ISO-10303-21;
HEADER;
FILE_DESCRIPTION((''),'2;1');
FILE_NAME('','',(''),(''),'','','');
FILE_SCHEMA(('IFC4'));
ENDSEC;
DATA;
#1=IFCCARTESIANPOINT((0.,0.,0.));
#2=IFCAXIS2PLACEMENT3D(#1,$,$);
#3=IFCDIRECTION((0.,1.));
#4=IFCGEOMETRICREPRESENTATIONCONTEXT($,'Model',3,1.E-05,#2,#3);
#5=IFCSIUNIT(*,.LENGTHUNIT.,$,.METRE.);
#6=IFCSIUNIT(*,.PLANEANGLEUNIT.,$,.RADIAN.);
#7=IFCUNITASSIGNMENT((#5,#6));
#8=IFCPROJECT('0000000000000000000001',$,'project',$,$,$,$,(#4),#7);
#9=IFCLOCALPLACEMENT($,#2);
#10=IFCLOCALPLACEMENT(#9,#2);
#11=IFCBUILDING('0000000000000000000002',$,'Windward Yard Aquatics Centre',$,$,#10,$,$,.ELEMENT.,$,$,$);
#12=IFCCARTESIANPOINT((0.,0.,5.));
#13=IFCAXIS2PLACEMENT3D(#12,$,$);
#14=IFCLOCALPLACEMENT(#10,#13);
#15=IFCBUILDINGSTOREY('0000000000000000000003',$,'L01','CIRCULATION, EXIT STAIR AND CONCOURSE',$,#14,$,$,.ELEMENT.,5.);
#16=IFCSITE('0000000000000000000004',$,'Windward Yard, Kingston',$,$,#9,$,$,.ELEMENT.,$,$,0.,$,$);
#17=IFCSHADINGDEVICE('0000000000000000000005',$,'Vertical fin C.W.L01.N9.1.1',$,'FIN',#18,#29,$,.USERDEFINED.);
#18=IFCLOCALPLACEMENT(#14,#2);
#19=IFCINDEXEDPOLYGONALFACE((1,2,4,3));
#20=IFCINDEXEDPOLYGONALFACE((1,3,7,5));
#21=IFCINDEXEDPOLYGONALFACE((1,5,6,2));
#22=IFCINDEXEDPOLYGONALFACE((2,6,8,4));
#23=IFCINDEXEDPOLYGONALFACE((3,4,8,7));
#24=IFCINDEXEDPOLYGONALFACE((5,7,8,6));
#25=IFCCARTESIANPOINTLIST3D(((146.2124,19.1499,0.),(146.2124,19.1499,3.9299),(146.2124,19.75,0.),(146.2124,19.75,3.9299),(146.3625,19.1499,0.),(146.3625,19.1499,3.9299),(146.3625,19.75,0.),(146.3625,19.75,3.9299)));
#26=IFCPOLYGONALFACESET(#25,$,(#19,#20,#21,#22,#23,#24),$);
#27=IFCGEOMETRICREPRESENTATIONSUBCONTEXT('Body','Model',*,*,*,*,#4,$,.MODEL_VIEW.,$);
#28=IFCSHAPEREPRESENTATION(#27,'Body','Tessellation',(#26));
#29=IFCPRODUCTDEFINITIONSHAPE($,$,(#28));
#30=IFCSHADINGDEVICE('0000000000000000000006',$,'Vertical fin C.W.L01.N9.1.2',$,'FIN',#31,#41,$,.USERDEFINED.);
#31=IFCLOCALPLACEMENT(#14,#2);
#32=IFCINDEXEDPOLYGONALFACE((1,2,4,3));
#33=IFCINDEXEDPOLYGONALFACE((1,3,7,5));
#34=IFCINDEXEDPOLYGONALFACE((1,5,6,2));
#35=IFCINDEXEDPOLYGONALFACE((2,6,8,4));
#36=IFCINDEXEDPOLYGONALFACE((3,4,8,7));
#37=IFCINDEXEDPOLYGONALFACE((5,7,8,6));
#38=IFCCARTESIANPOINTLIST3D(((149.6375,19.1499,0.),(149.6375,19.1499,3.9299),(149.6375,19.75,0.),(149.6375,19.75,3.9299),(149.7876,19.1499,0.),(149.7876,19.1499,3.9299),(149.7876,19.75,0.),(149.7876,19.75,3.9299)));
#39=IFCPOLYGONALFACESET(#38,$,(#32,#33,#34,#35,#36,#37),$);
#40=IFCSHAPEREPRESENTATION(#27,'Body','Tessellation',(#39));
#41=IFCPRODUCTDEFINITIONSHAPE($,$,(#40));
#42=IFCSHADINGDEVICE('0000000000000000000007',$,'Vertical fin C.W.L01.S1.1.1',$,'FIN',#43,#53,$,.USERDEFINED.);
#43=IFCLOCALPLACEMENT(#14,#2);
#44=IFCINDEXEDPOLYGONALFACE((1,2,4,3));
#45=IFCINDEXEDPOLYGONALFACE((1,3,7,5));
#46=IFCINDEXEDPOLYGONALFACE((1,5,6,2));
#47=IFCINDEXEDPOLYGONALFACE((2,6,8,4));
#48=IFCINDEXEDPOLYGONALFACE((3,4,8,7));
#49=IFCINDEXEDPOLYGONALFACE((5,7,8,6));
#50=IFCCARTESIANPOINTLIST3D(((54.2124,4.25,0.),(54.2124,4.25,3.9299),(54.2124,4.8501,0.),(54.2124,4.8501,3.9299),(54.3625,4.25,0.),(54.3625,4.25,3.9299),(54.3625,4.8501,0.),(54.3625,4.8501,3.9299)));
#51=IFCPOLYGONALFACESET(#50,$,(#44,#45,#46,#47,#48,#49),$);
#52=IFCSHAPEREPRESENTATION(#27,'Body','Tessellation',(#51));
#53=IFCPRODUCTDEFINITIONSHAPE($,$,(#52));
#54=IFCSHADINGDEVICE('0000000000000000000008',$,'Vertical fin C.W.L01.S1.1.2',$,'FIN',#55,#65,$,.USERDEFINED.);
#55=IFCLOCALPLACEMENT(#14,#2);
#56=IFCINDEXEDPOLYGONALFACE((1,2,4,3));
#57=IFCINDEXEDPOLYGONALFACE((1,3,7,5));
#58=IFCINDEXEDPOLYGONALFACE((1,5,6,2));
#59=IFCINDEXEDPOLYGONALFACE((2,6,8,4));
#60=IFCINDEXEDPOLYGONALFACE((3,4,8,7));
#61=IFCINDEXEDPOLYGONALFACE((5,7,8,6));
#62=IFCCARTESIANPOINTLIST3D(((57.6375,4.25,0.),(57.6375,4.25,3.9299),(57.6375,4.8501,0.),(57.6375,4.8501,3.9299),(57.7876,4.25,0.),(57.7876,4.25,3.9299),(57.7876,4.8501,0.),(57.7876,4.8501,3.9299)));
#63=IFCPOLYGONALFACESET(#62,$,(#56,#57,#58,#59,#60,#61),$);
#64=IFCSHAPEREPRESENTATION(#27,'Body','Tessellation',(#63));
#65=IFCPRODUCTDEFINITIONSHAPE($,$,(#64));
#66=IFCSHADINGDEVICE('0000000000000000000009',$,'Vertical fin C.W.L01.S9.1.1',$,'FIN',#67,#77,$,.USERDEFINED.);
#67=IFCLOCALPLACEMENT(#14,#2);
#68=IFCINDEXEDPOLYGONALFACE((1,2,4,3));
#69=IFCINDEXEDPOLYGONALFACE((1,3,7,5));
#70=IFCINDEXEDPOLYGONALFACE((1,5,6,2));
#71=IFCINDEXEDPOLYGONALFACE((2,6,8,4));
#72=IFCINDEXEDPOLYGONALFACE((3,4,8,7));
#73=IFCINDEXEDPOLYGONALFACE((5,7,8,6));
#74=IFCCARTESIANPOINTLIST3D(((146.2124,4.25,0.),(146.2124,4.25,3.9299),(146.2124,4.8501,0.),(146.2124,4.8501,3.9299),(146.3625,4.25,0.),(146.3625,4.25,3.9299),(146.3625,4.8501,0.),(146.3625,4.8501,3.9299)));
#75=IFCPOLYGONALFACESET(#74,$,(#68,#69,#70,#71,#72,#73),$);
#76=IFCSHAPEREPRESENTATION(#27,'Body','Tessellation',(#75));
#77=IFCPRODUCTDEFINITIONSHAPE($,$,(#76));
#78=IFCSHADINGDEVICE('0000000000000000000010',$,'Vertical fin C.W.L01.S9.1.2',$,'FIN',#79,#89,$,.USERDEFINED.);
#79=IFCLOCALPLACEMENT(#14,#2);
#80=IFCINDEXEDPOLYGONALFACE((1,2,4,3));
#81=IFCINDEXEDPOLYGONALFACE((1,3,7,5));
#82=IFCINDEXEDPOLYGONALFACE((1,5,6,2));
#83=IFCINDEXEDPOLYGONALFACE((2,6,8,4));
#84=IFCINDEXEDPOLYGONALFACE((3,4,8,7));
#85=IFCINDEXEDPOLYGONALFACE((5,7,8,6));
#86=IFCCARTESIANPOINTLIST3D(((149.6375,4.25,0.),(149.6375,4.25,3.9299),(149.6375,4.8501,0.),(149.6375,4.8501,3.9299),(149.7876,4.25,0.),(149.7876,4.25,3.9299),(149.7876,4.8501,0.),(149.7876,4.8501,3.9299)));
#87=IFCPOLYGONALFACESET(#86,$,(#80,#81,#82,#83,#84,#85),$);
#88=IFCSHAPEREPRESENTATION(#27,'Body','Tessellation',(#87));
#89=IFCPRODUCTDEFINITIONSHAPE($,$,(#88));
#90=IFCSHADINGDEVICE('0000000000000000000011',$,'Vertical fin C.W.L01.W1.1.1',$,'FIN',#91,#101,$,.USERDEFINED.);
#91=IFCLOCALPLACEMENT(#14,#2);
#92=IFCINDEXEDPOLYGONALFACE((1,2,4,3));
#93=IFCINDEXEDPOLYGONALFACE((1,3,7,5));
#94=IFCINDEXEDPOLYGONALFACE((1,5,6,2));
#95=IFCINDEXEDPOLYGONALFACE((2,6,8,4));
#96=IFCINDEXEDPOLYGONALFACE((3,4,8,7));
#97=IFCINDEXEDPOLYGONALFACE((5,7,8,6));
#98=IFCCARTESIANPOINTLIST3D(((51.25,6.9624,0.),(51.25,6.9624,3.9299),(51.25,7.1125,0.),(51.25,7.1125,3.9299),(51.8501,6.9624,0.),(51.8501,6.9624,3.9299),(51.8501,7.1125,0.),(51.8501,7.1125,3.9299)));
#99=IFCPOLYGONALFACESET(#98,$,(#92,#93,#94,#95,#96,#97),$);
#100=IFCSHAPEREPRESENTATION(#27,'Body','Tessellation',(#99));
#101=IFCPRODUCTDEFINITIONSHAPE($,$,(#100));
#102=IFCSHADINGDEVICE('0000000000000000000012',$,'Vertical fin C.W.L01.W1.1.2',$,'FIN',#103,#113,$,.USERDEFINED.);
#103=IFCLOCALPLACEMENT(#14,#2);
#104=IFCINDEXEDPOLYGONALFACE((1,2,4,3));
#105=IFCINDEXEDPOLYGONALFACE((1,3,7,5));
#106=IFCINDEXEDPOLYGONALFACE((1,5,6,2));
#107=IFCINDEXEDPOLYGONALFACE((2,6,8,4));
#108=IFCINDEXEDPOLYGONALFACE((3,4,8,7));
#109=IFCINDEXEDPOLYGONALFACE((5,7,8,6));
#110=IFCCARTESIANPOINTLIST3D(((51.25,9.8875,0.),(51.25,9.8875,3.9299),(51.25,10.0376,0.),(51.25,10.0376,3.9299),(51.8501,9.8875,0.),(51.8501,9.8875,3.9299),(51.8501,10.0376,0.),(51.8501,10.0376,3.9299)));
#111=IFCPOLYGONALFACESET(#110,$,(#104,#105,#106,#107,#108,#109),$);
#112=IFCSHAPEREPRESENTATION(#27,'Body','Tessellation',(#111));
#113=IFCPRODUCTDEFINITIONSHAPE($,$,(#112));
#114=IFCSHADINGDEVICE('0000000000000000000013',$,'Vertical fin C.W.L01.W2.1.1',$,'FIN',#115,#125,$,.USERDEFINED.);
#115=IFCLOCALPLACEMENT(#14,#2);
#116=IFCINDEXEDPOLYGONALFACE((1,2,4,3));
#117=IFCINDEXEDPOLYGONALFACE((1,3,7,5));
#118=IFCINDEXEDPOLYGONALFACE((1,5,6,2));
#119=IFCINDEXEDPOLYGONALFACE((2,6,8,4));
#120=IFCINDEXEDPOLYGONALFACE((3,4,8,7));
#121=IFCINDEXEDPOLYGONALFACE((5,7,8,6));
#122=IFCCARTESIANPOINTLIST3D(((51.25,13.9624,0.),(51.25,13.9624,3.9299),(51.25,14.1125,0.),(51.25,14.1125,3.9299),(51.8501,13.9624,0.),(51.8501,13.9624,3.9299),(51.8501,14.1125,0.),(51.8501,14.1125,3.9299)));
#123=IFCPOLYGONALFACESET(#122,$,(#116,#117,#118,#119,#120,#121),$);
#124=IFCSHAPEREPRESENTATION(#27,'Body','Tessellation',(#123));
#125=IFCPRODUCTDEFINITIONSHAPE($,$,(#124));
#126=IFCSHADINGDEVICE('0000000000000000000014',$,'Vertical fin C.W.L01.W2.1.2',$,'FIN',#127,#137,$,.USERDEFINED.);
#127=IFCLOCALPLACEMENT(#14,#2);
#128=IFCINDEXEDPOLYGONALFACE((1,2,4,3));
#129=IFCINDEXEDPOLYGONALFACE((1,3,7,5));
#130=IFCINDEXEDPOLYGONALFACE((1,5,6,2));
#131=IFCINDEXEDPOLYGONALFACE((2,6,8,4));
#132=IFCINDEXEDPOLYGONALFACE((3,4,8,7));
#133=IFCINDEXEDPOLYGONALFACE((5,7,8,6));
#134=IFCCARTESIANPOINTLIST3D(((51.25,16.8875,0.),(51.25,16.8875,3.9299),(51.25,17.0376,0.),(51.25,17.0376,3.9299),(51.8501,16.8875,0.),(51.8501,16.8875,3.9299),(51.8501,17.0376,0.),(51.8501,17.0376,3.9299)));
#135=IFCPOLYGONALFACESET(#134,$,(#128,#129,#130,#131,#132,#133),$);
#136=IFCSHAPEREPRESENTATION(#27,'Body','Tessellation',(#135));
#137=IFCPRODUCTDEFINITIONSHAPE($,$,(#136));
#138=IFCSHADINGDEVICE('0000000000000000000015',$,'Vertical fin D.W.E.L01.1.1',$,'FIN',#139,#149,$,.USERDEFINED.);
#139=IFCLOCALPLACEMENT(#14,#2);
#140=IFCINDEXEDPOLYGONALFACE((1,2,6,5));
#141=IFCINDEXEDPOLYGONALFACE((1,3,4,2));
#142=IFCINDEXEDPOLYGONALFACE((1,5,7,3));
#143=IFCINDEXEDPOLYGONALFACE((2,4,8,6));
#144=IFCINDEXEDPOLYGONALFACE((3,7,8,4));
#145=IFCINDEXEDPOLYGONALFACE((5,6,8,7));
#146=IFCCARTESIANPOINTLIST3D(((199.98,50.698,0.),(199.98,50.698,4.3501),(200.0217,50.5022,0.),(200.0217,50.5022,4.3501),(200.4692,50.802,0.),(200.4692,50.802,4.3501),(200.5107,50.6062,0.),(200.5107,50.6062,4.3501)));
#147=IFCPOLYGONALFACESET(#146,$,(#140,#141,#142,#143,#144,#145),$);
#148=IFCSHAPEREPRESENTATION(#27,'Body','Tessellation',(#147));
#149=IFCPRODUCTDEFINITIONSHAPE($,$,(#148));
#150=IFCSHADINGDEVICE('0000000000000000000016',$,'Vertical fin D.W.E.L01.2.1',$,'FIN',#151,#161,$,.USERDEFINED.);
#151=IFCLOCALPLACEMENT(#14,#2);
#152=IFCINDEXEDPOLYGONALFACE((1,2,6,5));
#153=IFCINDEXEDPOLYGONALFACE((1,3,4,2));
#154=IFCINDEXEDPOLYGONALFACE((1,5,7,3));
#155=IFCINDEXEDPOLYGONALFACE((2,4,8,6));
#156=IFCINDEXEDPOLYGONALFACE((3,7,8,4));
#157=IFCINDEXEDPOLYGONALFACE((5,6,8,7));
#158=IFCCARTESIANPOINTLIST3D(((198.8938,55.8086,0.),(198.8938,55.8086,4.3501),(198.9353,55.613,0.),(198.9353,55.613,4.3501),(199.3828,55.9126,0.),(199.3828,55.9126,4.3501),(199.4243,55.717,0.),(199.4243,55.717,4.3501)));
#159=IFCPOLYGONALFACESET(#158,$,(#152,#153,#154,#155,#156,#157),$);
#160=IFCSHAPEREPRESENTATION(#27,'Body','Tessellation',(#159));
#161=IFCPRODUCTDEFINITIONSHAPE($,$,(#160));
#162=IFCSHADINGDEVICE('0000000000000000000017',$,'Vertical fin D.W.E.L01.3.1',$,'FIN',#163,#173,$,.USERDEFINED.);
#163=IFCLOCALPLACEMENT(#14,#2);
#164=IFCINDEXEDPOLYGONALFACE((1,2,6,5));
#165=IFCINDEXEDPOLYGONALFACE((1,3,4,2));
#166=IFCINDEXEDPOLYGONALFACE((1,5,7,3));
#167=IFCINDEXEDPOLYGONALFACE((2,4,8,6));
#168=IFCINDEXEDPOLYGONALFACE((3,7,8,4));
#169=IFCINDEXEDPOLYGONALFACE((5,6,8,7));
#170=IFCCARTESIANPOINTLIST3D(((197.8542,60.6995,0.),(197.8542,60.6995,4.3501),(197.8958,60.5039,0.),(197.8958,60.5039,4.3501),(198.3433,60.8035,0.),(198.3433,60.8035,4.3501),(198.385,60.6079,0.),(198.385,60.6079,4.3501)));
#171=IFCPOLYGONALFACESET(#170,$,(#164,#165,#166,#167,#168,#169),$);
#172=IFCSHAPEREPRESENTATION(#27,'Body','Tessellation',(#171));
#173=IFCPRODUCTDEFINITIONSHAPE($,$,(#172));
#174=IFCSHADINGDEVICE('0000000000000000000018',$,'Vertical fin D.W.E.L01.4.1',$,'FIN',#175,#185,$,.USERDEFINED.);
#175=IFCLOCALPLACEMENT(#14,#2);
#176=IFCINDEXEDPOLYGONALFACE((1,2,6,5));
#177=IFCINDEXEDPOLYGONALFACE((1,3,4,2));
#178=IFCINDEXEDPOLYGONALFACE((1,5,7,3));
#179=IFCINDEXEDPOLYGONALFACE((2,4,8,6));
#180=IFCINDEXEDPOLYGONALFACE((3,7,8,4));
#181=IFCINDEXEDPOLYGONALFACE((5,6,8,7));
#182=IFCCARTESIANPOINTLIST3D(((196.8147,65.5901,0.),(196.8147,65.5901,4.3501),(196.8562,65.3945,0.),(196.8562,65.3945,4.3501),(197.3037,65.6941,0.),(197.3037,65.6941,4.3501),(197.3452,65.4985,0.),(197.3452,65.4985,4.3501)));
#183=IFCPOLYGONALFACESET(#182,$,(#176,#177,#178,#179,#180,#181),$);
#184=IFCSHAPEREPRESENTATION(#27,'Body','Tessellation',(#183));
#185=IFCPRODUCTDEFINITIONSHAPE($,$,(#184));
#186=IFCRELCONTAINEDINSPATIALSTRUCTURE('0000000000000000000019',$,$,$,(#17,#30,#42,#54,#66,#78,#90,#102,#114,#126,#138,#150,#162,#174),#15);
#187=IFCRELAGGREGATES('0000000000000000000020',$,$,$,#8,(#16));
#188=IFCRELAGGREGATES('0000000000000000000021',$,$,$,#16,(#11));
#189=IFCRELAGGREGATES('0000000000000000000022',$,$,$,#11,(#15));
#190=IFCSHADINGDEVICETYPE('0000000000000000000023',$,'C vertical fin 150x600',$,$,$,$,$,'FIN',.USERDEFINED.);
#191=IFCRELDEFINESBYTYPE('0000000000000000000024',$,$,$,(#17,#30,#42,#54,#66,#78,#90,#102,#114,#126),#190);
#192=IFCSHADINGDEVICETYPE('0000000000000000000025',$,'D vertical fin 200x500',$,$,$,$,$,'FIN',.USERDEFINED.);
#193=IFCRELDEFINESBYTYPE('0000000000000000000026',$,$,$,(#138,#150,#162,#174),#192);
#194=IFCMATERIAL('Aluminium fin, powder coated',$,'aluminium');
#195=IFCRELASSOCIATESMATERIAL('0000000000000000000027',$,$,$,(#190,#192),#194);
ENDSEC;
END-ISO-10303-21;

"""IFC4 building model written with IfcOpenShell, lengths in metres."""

from ifc_helpers import new_model, si_unit, direction, frame, origin, place, context, subcontext, project, spatial, polyline, outline, extrude, material, type_object, element, save


model = new_model("IFC4")

# Units and contexts
model_context = context("Model", 3, precision=1e-05, world=origin(), true_north=direction((0.0, 1.0)))
body_context = subcontext(model_context, "Body", "Model", "MODEL_VIEW")
ifc_project = project(units=[si_unit("LENGTHUNIT", "METRE"), si_unit("PLANEANGLEUNIT", "RADIAN")], contexts=[model_context])

# Site, building, storey
site_placement = place(None, origin())
site = spatial("IfcSite", under=ifc_project, at=site_placement, Name="Windward Yard, Kingston", CompositionType="ELEMENT", RefElevation=0.0)
building_placement = place(site_placement, origin())
building = spatial("IfcBuilding", under=site, at=building_placement, Name="Windward Yard Aquatics Centre", CompositionType="ELEMENT")
storey_placement = place(building_placement, frame((0.0, 0.0, 5.0)))
storey = spatial("IfcBuildingStorey", under=building, at=storey_placement, Name="L01", Description="CIRCULATION, EXIT STAIR AND CONCOURSE", CompositionType="ELEMENT", Elevation=5.0)

# Shading devices
ifc_material = material(Name="Aluminium fin, powder coated", Category="aluminium")
shading_device_type_1 = type_object("IfcShadingDeviceType", Name="C vertical fin 150x600", ElementType="FIN", PredefinedType="USERDEFINED", material=ifc_material)
shading_device_1_placement = place(storey_placement, origin())
element("IfcShadingDevice", 1, at=shading_device_1_placement, inside=storey, type_object=shading_device_type_1, Name="Vertical fin C.W.L01.N9.1.1", ObjectType="FIN", PredefinedType="USERDEFINED", context=body_context, shape_type="SweptSolid", body=[
    extrude(outline(polyline([(146.2124, 19.1499), (146.3625, 19.1499), (146.3625, 19.75), (146.2124, 19.75), (146.2124, 19.1499)])), origin(), (0.0, 0.0, 1.0), 3.9299),
])
shading_device_2_placement = place(storey_placement, origin())
element("IfcShadingDevice", 2, at=shading_device_2_placement, inside=storey, type_object=shading_device_type_1, Name="Vertical fin C.W.L01.N9.1.2", ObjectType="FIN", PredefinedType="USERDEFINED", context=body_context, shape_type="SweptSolid", body=[
    extrude(outline(polyline([(149.6375, 19.1499), (149.7876, 19.1499), (149.7876, 19.75), (149.6375, 19.75), (149.6375, 19.1499)])), origin(), (0.0, 0.0, 1.0), 3.9299),
])
shading_device_3_placement = place(storey_placement, origin())
element("IfcShadingDevice", 3, at=shading_device_3_placement, inside=storey, type_object=shading_device_type_1, Name="Vertical fin C.W.L01.S1.1.1", ObjectType="FIN", PredefinedType="USERDEFINED", context=body_context, shape_type="SweptSolid", body=[
    extrude(outline(polyline([(54.2124, 4.25), (54.2124, 4.8501), (54.3625, 4.8501), (54.3625, 4.25), (54.2124, 4.25)])), origin(), (0.0, 0.0, 1.0), 3.9299),
])
shading_device_4_placement = place(storey_placement, origin())
element("IfcShadingDevice", 4, at=shading_device_4_placement, inside=storey, type_object=shading_device_type_1, Name="Vertical fin C.W.L01.S1.1.2", ObjectType="FIN", PredefinedType="USERDEFINED", context=body_context, shape_type="SweptSolid", body=[
    extrude(outline(polyline([(57.6375, 4.25), (57.6375, 4.8501), (57.7876, 4.8501), (57.7876, 4.25), (57.6375, 4.25)])), origin(), (0.0, 0.0, 1.0), 3.9299),
])
shading_device_5_placement = place(storey_placement, origin())
element("IfcShadingDevice", 5, at=shading_device_5_placement, inside=storey, type_object=shading_device_type_1, Name="Vertical fin C.W.L01.S9.1.1", ObjectType="FIN", PredefinedType="USERDEFINED", context=body_context, shape_type="SweptSolid", body=[
    extrude(outline(polyline([(146.2124, 4.25), (146.2124, 4.8501), (146.3625, 4.8501), (146.3625, 4.25), (146.2124, 4.25)])), origin(), (0.0, 0.0, 1.0), 3.9299),
])
shading_device_6_placement = place(storey_placement, origin())
element("IfcShadingDevice", 6, at=shading_device_6_placement, inside=storey, type_object=shading_device_type_1, Name="Vertical fin C.W.L01.S9.1.2", ObjectType="FIN", PredefinedType="USERDEFINED", context=body_context, shape_type="SweptSolid", body=[
    extrude(outline(polyline([(149.6375, 4.25), (149.6375, 4.8501), (149.7876, 4.8501), (149.7876, 4.25), (149.6375, 4.25)])), origin(), (0.0, 0.0, 1.0), 3.9299),
])
shading_device_7_placement = place(storey_placement, origin())
element("IfcShadingDevice", 7, at=shading_device_7_placement, inside=storey, type_object=shading_device_type_1, Name="Vertical fin C.W.L01.W1.1.1", ObjectType="FIN", PredefinedType="USERDEFINED", context=body_context, shape_type="SweptSolid", body=[
    extrude(outline(polyline([(51.25, 6.9624), (51.8501, 6.9624), (51.8501, 7.1125), (51.25, 7.1125), (51.25, 6.9624)])), origin(), (0.0, 0.0, 1.0), 3.9299),
])
shading_device_8_placement = place(storey_placement, origin())
element("IfcShadingDevice", 8, at=shading_device_8_placement, inside=storey, type_object=shading_device_type_1, Name="Vertical fin C.W.L01.W1.1.2", ObjectType="FIN", PredefinedType="USERDEFINED", context=body_context, shape_type="SweptSolid", body=[
    extrude(outline(polyline([(51.25, 9.8875), (51.8501, 9.8875), (51.8501, 10.0376), (51.25, 10.0376), (51.25, 9.8875)])), origin(), (0.0, 0.0, 1.0), 3.9299),
])
shading_device_9_placement = place(storey_placement, origin())
element("IfcShadingDevice", 9, at=shading_device_9_placement, inside=storey, type_object=shading_device_type_1, Name="Vertical fin C.W.L01.W2.1.1", ObjectType="FIN", PredefinedType="USERDEFINED", context=body_context, shape_type="SweptSolid", body=[
    extrude(outline(polyline([(51.25, 13.9624), (51.8501, 13.9624), (51.8501, 14.1125), (51.25, 14.1125), (51.25, 13.9624)])), origin(), (0.0, 0.0, 1.0), 3.9299),
])
shading_device_10_placement = place(storey_placement, origin())
element("IfcShadingDevice", 10, at=shading_device_10_placement, inside=storey, type_object=shading_device_type_1, Name="Vertical fin C.W.L01.W2.1.2", ObjectType="FIN", PredefinedType="USERDEFINED", context=body_context, shape_type="SweptSolid", body=[
    extrude(outline(polyline([(51.25, 16.8875), (51.8501, 16.8875), (51.8501, 17.0376), (51.25, 17.0376), (51.25, 16.8875)])), origin(), (0.0, 0.0, 1.0), 3.9299),
])
shading_device_type_2 = type_object("IfcShadingDeviceType", Name="D vertical fin 200x500", ElementType="FIN", PredefinedType="USERDEFINED", material=ifc_material)
shading_device_11_placement = place(storey_placement, origin())
element("IfcShadingDevice", 11, at=shading_device_11_placement, inside=storey, type_object=shading_device_type_2, Name="Vertical fin D.W.E.L01.1.1", ObjectType="FIN", PredefinedType="USERDEFINED", context=body_context, shape_type="SweptSolid", body=[
    extrude(outline(polyline([(199.98, 50.698), (200.4692, 50.802), (200.5107, 50.6062), (200.0217, 50.5022), (199.98, 50.698)])), origin(), (0.0, 0.0, 1.0), 4.3501),
])
shading_device_12_placement = place(storey_placement, origin())
element("IfcShadingDevice", 12, at=shading_device_12_placement, inside=storey, type_object=shading_device_type_2, Name="Vertical fin D.W.E.L01.2.1", ObjectType="FIN", PredefinedType="USERDEFINED", context=body_context, shape_type="SweptSolid", body=[
    extrude(outline(polyline([(198.8938, 55.8086), (199.3828, 55.9126), (199.4243, 55.717), (198.9353, 55.613), (198.8938, 55.8086)])), origin(), (0.0, 0.0, 1.0), 4.3501),
])
shading_device_13_placement = place(storey_placement, origin())
element("IfcShadingDevice", 13, at=shading_device_13_placement, inside=storey, type_object=shading_device_type_2, Name="Vertical fin D.W.E.L01.3.1", ObjectType="FIN", PredefinedType="USERDEFINED", context=body_context, shape_type="SweptSolid", body=[
    extrude(outline(polyline([(197.8542, 60.6995), (198.3433, 60.8035), (198.385, 60.6079), (197.8958, 60.5039), (197.8542, 60.6995)])), origin(), (0.0, 0.0, 1.0), 4.3501),
])
shading_device_14_placement = place(storey_placement, origin())
element("IfcShadingDevice", 14, at=shading_device_14_placement, inside=storey, type_object=shading_device_type_2, Name="Vertical fin D.W.E.L01.4.1", ObjectType="FIN", PredefinedType="USERDEFINED", context=body_context, shape_type="SweptSolid", body=[
    extrude(outline(polyline([(196.8147, 65.5901), (197.3037, 65.6941), (197.3452, 65.4985), (196.8562, 65.3945), (196.8147, 65.5901)])), origin(), (0.0, 0.0, 1.0), 4.3501),
])

save(model, "model.ifc")
